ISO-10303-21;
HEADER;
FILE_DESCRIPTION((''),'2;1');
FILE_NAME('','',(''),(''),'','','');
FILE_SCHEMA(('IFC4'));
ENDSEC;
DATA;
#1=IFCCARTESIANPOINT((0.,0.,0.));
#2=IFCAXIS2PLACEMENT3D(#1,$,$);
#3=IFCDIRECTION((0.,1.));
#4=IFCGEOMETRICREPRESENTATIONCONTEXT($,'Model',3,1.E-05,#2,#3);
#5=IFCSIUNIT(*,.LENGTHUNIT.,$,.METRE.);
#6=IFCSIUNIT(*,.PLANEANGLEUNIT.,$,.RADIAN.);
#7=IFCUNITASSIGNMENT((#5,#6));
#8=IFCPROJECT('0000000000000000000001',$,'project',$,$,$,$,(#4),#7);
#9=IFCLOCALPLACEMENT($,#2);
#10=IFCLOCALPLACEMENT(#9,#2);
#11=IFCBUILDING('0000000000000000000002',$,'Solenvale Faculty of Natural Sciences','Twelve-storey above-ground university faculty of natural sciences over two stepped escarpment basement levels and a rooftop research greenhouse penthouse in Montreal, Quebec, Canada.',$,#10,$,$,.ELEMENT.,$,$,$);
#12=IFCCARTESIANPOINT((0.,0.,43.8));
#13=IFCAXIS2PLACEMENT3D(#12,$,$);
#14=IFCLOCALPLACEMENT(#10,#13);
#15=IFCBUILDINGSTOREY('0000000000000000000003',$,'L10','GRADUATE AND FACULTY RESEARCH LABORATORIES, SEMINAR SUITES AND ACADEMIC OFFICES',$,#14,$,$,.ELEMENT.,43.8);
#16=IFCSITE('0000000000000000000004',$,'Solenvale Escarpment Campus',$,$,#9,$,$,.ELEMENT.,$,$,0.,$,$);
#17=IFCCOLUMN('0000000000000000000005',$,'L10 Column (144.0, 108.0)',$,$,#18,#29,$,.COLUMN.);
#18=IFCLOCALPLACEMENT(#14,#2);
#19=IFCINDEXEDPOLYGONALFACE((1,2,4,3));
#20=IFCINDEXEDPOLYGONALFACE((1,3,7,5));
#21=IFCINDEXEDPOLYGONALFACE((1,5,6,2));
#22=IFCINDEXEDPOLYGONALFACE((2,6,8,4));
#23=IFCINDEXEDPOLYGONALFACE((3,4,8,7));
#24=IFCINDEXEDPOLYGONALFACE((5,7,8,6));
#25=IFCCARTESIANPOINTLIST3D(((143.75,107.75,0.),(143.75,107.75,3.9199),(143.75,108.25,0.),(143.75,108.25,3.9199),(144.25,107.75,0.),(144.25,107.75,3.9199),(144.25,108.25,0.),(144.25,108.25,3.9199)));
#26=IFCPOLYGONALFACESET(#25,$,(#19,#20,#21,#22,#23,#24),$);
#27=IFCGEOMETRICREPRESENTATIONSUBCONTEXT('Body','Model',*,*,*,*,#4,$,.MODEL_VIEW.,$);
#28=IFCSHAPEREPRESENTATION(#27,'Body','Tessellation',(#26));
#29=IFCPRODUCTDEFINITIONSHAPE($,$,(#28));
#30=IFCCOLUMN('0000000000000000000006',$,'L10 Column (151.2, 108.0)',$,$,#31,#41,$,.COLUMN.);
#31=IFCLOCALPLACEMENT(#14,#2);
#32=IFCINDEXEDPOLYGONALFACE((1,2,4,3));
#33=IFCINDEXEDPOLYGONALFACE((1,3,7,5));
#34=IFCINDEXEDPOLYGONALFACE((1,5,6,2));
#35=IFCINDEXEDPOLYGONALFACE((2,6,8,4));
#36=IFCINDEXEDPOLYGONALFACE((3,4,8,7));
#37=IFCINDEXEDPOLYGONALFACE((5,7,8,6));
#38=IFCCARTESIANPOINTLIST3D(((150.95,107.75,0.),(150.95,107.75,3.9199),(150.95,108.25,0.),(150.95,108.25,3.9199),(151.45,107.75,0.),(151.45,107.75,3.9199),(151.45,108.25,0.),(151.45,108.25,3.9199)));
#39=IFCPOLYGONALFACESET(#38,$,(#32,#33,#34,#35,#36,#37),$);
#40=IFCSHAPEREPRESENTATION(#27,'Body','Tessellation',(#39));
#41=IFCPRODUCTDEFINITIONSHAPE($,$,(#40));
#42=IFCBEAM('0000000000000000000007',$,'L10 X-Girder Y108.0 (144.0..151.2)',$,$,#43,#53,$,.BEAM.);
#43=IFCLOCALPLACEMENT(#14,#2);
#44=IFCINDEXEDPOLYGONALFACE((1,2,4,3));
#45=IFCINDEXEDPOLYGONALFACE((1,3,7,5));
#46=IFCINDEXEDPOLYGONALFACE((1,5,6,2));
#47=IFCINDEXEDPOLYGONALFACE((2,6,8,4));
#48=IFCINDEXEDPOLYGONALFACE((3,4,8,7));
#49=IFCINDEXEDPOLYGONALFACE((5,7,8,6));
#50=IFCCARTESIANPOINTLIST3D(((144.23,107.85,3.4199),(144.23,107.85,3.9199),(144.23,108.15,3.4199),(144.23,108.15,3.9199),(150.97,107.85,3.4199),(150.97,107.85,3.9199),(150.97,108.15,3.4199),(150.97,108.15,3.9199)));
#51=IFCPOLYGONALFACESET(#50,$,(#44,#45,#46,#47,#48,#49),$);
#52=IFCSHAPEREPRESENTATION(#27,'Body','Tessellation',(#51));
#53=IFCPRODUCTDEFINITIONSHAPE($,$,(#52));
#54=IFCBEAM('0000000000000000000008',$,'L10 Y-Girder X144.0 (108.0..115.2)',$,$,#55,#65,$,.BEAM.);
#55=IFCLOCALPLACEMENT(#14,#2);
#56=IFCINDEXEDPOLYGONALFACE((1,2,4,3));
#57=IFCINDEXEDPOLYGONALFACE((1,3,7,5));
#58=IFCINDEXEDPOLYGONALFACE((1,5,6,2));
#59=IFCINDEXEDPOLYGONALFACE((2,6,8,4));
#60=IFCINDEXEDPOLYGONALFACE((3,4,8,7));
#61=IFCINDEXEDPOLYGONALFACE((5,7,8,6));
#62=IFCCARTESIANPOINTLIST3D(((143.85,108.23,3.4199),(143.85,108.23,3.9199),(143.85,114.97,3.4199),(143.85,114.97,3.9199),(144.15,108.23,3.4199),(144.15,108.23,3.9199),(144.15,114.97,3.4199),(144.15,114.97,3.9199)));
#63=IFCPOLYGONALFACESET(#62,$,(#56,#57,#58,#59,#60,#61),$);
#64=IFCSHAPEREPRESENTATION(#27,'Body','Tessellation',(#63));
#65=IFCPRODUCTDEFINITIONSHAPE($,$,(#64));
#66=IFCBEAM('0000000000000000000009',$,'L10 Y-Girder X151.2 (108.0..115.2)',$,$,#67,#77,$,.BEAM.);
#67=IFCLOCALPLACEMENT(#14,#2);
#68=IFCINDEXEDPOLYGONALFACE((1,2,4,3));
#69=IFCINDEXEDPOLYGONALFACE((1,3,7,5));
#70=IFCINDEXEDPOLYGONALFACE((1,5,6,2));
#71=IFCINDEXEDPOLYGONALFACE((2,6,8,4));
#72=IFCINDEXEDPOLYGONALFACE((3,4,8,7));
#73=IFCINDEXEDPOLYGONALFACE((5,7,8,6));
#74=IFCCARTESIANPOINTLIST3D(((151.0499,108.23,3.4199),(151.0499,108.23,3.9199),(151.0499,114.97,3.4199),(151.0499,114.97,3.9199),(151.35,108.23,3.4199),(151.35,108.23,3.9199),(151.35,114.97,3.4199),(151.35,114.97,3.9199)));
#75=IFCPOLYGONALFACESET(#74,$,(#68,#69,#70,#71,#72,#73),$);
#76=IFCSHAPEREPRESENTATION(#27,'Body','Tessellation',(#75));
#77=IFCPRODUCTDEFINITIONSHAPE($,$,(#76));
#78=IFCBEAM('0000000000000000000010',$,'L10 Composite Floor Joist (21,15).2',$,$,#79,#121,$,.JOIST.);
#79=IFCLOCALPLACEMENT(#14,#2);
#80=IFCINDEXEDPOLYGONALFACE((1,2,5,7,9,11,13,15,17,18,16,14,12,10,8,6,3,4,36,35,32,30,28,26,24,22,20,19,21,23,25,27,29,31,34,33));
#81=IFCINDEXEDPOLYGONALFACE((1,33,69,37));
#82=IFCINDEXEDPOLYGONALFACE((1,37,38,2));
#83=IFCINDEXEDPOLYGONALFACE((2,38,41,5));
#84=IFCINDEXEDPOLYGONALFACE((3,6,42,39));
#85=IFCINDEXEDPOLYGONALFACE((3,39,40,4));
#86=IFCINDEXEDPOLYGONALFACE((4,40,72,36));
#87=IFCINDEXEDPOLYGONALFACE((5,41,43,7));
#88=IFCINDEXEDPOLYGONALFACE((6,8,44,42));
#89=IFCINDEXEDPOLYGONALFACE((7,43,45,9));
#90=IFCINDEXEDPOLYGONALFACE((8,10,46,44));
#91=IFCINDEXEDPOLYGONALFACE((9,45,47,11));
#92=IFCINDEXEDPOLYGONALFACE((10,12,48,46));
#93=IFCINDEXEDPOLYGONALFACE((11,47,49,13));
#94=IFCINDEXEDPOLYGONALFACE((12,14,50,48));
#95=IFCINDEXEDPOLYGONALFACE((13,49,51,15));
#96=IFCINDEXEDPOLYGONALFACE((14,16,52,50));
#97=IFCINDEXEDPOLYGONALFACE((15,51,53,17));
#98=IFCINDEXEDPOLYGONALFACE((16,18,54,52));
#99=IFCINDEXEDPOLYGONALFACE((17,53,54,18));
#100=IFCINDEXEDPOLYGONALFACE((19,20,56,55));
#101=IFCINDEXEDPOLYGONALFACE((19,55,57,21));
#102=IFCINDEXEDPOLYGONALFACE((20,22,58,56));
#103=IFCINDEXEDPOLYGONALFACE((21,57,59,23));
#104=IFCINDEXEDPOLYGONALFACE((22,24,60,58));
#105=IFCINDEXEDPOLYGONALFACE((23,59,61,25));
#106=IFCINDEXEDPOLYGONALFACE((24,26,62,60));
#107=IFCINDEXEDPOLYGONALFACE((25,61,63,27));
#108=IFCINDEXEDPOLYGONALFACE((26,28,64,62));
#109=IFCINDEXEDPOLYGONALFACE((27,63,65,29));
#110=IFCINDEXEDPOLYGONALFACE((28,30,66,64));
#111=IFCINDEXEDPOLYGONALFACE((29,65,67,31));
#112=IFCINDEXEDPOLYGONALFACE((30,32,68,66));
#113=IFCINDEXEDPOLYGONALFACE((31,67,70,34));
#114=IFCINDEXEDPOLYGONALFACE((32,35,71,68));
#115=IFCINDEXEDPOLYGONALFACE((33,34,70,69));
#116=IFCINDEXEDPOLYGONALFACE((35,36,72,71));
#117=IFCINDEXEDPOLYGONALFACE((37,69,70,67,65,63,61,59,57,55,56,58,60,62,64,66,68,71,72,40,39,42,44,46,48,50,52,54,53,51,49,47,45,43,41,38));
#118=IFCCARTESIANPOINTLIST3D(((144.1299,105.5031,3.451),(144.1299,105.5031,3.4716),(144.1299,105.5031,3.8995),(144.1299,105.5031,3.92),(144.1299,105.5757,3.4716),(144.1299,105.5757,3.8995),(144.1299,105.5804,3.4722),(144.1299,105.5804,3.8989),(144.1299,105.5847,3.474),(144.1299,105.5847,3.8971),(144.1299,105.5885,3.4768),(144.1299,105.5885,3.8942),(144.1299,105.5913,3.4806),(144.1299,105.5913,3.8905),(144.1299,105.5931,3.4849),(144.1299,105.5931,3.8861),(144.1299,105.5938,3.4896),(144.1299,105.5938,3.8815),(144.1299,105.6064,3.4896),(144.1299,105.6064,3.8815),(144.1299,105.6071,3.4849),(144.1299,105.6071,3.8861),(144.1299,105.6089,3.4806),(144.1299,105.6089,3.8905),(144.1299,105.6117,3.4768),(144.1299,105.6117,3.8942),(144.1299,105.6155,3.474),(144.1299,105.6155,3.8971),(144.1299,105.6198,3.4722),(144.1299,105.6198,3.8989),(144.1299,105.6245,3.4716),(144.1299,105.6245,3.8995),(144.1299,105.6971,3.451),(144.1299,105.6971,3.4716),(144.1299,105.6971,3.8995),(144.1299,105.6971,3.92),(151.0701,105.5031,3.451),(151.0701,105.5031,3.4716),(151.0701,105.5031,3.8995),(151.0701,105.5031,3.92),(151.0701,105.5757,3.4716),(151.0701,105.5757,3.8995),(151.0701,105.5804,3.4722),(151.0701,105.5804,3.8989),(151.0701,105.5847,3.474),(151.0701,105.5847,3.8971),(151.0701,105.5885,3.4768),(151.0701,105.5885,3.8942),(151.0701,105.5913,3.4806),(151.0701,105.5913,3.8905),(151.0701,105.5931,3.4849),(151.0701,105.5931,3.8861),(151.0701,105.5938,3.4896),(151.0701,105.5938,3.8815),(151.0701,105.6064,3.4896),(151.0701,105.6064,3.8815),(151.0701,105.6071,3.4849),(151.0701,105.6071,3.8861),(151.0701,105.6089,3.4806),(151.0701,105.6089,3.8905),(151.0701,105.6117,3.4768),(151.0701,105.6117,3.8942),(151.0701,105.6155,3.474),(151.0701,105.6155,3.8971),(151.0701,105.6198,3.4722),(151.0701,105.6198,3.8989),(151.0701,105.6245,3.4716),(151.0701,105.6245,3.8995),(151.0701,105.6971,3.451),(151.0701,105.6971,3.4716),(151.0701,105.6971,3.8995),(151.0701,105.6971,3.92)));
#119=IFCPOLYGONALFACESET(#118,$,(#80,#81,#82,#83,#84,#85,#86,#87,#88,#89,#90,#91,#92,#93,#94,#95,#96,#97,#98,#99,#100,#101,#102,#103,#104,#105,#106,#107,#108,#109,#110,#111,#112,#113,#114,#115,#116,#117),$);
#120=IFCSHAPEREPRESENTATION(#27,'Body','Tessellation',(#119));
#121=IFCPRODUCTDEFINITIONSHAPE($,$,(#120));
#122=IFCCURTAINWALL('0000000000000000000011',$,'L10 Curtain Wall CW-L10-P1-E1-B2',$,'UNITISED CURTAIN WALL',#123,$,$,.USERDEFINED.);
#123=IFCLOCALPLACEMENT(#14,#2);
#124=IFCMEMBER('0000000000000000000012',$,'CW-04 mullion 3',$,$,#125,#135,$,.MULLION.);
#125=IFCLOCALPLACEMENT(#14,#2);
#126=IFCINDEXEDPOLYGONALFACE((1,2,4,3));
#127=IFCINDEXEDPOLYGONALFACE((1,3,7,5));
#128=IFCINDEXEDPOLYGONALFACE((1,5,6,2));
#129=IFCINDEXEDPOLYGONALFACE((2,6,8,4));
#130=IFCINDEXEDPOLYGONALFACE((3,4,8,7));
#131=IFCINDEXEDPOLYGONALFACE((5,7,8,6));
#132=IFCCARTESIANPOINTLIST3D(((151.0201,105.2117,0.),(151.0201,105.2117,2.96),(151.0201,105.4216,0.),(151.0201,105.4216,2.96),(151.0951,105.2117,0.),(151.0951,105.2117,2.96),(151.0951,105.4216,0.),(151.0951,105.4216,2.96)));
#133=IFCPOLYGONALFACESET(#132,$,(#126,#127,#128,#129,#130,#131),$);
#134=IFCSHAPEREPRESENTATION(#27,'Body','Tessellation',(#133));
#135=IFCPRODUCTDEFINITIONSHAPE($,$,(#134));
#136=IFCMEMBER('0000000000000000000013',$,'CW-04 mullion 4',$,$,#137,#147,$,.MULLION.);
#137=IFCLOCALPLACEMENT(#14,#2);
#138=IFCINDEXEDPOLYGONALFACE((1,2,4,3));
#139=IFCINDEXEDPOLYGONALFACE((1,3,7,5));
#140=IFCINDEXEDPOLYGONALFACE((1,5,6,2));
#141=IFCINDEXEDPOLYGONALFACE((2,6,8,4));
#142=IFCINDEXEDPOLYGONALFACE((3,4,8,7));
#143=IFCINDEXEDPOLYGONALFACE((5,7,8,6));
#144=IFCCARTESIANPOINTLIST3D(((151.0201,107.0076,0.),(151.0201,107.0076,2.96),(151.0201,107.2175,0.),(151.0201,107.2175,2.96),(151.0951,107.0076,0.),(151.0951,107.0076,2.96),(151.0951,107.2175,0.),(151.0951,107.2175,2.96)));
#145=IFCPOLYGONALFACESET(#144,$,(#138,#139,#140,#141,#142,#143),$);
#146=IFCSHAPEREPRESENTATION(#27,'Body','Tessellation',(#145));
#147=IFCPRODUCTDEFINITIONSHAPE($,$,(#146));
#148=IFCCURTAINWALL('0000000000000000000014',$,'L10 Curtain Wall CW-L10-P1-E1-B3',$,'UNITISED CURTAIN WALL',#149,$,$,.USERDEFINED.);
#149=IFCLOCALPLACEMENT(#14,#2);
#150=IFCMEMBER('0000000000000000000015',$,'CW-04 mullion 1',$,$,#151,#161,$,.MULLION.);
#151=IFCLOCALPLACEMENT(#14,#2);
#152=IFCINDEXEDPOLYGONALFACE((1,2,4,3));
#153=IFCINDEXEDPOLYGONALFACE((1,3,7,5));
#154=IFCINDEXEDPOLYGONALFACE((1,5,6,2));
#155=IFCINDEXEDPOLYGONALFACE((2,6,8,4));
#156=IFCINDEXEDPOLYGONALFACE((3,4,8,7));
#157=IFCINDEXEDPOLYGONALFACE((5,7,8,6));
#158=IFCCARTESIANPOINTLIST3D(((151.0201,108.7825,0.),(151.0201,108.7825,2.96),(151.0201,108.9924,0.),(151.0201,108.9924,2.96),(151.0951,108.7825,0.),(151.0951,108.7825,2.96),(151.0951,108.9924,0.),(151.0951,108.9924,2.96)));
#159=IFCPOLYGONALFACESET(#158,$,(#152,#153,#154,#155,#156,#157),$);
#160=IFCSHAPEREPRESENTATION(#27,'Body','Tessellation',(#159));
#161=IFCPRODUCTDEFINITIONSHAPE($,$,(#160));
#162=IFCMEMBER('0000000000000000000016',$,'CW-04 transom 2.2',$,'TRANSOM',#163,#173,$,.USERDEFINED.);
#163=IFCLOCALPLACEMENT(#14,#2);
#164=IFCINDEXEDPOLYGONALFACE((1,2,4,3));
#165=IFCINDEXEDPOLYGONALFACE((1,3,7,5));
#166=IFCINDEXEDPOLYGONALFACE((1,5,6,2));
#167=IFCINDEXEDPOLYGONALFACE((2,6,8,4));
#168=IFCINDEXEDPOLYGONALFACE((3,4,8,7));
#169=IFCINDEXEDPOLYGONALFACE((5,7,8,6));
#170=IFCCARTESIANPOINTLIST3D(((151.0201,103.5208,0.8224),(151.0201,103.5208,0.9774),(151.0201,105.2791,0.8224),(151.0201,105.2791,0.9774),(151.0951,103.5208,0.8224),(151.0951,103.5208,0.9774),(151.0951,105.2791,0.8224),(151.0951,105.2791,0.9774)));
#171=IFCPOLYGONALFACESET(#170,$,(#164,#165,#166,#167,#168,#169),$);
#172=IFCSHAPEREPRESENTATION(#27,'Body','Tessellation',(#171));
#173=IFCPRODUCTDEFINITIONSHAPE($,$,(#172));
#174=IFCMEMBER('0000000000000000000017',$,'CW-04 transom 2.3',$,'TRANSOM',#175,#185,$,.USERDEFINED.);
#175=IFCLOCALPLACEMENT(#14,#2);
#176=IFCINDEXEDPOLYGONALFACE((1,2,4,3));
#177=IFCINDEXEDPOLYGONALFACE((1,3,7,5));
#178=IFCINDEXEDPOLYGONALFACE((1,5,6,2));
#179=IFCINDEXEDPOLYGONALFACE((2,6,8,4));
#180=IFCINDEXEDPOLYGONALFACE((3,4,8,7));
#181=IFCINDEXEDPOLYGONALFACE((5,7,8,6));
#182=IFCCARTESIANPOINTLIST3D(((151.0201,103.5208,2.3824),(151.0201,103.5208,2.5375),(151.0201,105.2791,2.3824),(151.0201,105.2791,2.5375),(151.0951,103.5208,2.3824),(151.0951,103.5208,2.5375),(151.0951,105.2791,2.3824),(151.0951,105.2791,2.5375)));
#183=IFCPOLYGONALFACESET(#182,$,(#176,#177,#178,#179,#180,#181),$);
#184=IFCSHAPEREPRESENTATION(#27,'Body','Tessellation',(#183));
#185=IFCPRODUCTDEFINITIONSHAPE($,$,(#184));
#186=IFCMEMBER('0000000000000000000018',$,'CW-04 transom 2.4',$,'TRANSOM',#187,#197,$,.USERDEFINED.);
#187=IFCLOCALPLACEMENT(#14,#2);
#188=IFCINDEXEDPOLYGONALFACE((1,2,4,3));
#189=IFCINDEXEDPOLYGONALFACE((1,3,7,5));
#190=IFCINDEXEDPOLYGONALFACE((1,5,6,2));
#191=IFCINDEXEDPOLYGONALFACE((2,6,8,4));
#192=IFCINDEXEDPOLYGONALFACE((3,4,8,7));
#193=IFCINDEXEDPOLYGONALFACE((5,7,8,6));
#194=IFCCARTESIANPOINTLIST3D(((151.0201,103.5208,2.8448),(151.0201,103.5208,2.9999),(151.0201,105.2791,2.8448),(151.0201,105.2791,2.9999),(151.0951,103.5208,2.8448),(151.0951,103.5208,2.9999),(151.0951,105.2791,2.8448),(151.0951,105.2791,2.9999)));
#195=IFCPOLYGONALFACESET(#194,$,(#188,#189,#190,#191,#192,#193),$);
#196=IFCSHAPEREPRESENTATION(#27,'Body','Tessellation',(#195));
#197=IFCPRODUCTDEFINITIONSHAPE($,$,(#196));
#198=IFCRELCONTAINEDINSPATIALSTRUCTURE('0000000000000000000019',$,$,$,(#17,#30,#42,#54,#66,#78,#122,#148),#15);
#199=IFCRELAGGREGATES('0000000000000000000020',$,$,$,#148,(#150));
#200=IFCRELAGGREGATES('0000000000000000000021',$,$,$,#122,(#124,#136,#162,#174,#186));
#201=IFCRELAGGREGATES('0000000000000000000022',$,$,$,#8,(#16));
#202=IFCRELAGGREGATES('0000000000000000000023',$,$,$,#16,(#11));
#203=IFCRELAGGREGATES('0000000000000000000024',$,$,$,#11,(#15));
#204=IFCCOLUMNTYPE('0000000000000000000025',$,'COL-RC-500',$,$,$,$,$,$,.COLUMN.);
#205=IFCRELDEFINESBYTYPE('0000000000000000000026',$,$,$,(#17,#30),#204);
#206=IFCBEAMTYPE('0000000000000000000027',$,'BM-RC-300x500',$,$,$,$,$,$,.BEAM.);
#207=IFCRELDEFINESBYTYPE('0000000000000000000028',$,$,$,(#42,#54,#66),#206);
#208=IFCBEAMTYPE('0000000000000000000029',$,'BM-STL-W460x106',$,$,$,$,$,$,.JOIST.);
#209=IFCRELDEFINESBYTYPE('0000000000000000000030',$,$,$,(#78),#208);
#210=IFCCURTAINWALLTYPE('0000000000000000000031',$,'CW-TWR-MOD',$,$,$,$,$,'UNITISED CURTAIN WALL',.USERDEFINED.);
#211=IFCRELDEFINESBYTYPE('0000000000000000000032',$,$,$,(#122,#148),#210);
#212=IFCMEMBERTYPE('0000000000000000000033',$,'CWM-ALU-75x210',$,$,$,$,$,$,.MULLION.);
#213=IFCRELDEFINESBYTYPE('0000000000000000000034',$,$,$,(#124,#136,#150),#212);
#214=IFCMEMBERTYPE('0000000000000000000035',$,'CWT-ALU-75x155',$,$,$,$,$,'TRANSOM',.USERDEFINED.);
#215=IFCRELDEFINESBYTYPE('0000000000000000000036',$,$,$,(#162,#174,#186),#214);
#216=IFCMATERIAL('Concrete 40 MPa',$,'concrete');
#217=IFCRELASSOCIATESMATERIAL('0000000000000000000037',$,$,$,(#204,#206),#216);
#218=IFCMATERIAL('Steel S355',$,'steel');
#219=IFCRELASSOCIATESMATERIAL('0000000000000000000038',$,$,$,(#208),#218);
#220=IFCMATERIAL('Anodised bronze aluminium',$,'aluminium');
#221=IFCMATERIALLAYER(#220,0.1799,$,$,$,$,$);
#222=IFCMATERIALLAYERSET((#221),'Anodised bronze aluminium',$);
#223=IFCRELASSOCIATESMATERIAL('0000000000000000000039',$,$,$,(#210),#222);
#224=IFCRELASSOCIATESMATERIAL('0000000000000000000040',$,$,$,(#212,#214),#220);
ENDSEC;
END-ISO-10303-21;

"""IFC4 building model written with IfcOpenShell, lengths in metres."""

from ifc_helpers import new_model, si_unit, direction, frame, origin, origin_2d, place, context, subcontext, project, spatial, rectangle, i_section, extrude, material, layer, layer_set, material_profile, profile_set, type_object, element, aggregate, save


model = new_model("IFC4")

# Units and contexts
model_context = context("Model", 3, precision=1e-05, world=origin(), true_north=direction((0.0, 1.0)))
body_context = subcontext(model_context, "Body", "Model", "MODEL_VIEW")
ifc_project = project(units=[si_unit("LENGTHUNIT", "METRE"), si_unit("PLANEANGLEUNIT", "RADIAN")], contexts=[model_context])

# Site, building, storey
site_placement = place(None, origin())
site = spatial("IfcSite", under=ifc_project, at=site_placement, Name="Solenvale Escarpment Campus", CompositionType="ELEMENT", RefElevation=0.0)
building_placement = place(site_placement, origin())
building = spatial("IfcBuilding", under=site, at=building_placement, Name="Solenvale Faculty of Natural Sciences", Description="Twelve-storey above-ground university faculty of natural sciences over two stepped escarpment basement levels and a rooftop research greenhouse penthouse in Montreal, Quebec, Canada.", CompositionType="ELEMENT")
storey_placement = place(building_placement, frame((0.0, 0.0, 43.8)))
storey = spatial("IfcBuildingStorey", under=building, at=storey_placement, Name="L10", Description="GRADUATE AND FACULTY RESEARCH LABORATORIES, SEMINAR SUITES AND ACADEMIC OFFICES", CompositionType="ELEMENT", Elevation=43.8)

# Columns
ifc_material_1 = material(Name="Concrete 40 MPa", Category="concrete")
ifc_material_profile_1 = material_profile(ifc_material_1, rectangle(XDim=0.5, YDim=0.5, at=origin_2d()), Name="RC-COL-500x500")
ifc_profile_set_1 = profile_set([ifc_material_profile_1], Name="Concrete 40 MPa")
column_type = type_object("IfcColumnType", Name="COL-RC-500", PredefinedType="COLUMN", material=ifc_profile_set_1)
for number, where, z_axis, x_axis, name in (
    (1, (144.0, 108.0, 0.0), (0.0, 0.0, 1.0), (1.0, 0.0, 0.0), "L10 Column (144.0, 108.0)"),
    (2, (151.2, 108.0, 0.0), (0.0, 0.0, 1.0), (1.0, 0.0, 0.0), "L10 Column (151.2, 108.0)"),
):
    element("IfcColumn", number, at=place(storey_placement, frame(where, z_axis=z_axis, x_axis=x_axis)), inside=storey, type_object=column_type, Name=name, PredefinedType="COLUMN", context=body_context, shape_type="SweptSolid", body=[
        extrude(rectangle(XDim=0.5, YDim=0.5, at=origin_2d()), origin(), (0.0, 0.0, 1.0), 3.9199),
    ])

# Beams
ifc_material_profile_2 = material_profile(ifc_material_1, rectangle(XDim=0.3, YDim=0.5, at=origin_2d()), Name="RC-BM-300x500")
ifc_profile_set_2 = profile_set([ifc_material_profile_2], Name="Concrete 40 MPa")
beam_type_1 = type_object("IfcBeamType", Name="BM-RC-300x500", PredefinedType="BEAM", material=ifc_profile_set_2)
for number, where, z_axis, x_axis, name in (
    (3, (144.23, 108.0, 3.6699), (1.0, 0.0, 0.0), (0.0, 1.0, 0.0), "L10 X-Girder Y108.0 (144.0..151.2)"),
    (4, (144.0, 108.23, 3.6699), (0.0, 1.0, 0.0), (-1.0, 0.0, 0.0), "L10 Y-Girder X144.0 (108.0..115.2)"),
    (5, (151.2, 108.23, 3.6699), (0.0, 1.0, 0.0), (-1.0, 0.0, 0.0), "L10 Y-Girder X151.2 (108.0..115.2)"),
):
    element("IfcBeam", number, at=place(storey_placement, frame(where, z_axis=z_axis, x_axis=x_axis)), inside=storey, type_object=beam_type_1, Name=name, PredefinedType="BEAM", context=body_context, shape_type="SweptSolid", body=[
        extrude(rectangle(XDim=0.3, YDim=0.5, at=origin_2d()), origin(), (0.0, 0.0, 1.0), 6.74),
    ])
ifc_material_2 = material(Name="Steel S355", Category="steel")
ifc_material_profile_3 = material_profile(ifc_material_2, i_section(OverallWidth=0.1941, OverallDepth=0.469, WebThickness=0.0127, FlangeThickness=0.0205, FilletRadius=0.0181, at=origin_2d()), Name="W460x106")
ifc_profile_set_3 = profile_set([ifc_material_profile_3], Name="Steel S355")
beam_type_2 = type_object("IfcBeamType", Name="BM-STL-W460x106", PredefinedType="JOIST", material=ifc_profile_set_3)
beam_placement = place(storey_placement, frame((144.1299, 105.6001, 3.6855), z_axis=(1.0, 0.0, 0.0), x_axis=(0.0, 1.0, 0.0)))
element("IfcBeam", 6, at=beam_placement, inside=storey, type_object=beam_type_2, Name="L10 Composite Floor Joist (21,15).2", PredefinedType="JOIST", context=body_context, shape_type="SweptSolid", body=[
    extrude(i_section(OverallWidth=0.1941, OverallDepth=0.469, WebThickness=0.0127, FlangeThickness=0.0205, FilletRadius=0.0181, at=origin_2d()), origin(), (0.0, 0.0, 1.0), 6.9402),
])

# Curtain wall, members
ifc_material_3 = material(Name="Anodised bronze aluminium", Category="aluminium")
ifc_layer_1 = layer(ifc_material_3, 0.1799)
ifc_layer_set_1 = layer_set([ifc_layer_1], Name="Anodised bronze aluminium")
curtain_wall_type = type_object("IfcCurtainWallType", Name="CW-TWR-MOD", ElementType="UNITISED CURTAIN WALL", PredefinedType="USERDEFINED", material=ifc_layer_set_1)
curtain_wall_1_placement = place(storey_placement, origin())
curtain_wall_1 = element("IfcCurtainWall", 7, at=curtain_wall_1_placement, inside=storey, type_object=curtain_wall_type, Name="L10 Curtain Wall CW-L10-P1-E1-B2", ObjectType="UNITISED CURTAIN WALL", PredefinedType="USERDEFINED")
ifc_material_profile_4 = material_profile(ifc_material_3, rectangle(XDim=0.075, YDim=0.21, at=origin_2d()), Name="ALU-MUL-75x210")
ifc_profile_set_4 = profile_set([ifc_material_profile_4], Name="Anodised bronze aluminium")
member_type_1 = type_object("IfcMemberType", Name="CWM-ALU-75x210", PredefinedType="MULLION", material=ifc_profile_set_4)
member_1_placement = place(storey_placement, frame((151.0576, 105.3167, 0.0), z_axis=(0.0, 0.0, 1.0), x_axis=(-1.0, 0.0, 0.0)))
member_1 = element("IfcMember", 8, at=member_1_placement, type_object=member_type_1, Name="CW-04 mullion 3", PredefinedType="MULLION", context=body_context, shape_type="SweptSolid", body=[
    extrude(rectangle(XDim=0.075, YDim=0.21, at=origin_2d()), origin(), (0.0, 0.0, 1.0), 2.96),
])
member_2_placement = place(storey_placement, frame((151.0576, 107.1125, 0.0), z_axis=(0.0, 0.0, 1.0), x_axis=(-1.0, 0.0, 0.0)))
member_2 = element("IfcMember", 9, at=member_2_placement, type_object=member_type_1, Name="CW-04 mullion 4", PredefinedType="MULLION", context=body_context, shape_type="SweptSolid", body=[
    extrude(rectangle(XDim=0.075, YDim=0.21, at=origin_2d()), origin(), (0.0, 0.0, 1.0), 2.96),
])

# Curtain wall, member
curtain_wall_2_placement = place(storey_placement, origin())
curtain_wall_2 = element("IfcCurtainWall", 10, at=curtain_wall_2_placement, inside=storey, type_object=curtain_wall_type, Name="L10 Curtain Wall CW-L10-P1-E1-B3", ObjectType="UNITISED CURTAIN WALL", PredefinedType="USERDEFINED")
member_3_placement = place(storey_placement, frame((151.0576, 108.8875, 0.0), z_axis=(0.0, 0.0, 1.0), x_axis=(-1.0, 0.0, 0.0)))
member_3 = element("IfcMember", 11, at=member_3_placement, type_object=member_type_1, Name="CW-04 mullion 1", PredefinedType="MULLION", context=body_context, shape_type="SweptSolid", body=[
    extrude(rectangle(XDim=0.075, YDim=0.21, at=origin_2d()), origin(), (0.0, 0.0, 1.0), 2.96),
])

# Members
ifc_material_profile_5 = material_profile(ifc_material_3, rectangle(XDim=0.075, YDim=0.155, at=origin_2d()), Name="ALU-TRN-75x155")
ifc_profile_set_5 = profile_set([ifc_material_profile_5], Name="Anodised bronze aluminium")
member_type_2 = type_object("IfcMemberType", Name="CWT-ALU-75x155", ElementType="TRANSOM", PredefinedType="USERDEFINED", material=ifc_profile_set_5)
member_4_placement = place(storey_placement, frame((151.0576, 103.5208, 0.8999), z_axis=(0.0, 1.0, 0.0), x_axis=(-1.0, 0.0, 0.0)))
member_4 = element("IfcMember", 12, at=member_4_placement, type_object=member_type_2, Name="CW-04 transom 2.2", ObjectType="TRANSOM", PredefinedType="USERDEFINED", context=body_context, shape_type="SweptSolid", body=[
    extrude(rectangle(XDim=0.075, YDim=0.155, at=origin_2d()), origin(), (0.0, 0.0, 1.0), 1.7583),
])
member_5_placement = place(storey_placement, frame((151.0576, 103.5208, 2.46), z_axis=(0.0, 1.0, 0.0), x_axis=(-1.0, 0.0, 0.0)))
member_5 = element("IfcMember", 13, at=member_5_placement, type_object=member_type_2, Name="CW-04 transom 2.3", ObjectType="TRANSOM", PredefinedType="USERDEFINED", context=body_context, shape_type="SweptSolid", body=[
    extrude(rectangle(XDim=0.075, YDim=0.155, at=origin_2d()), origin(), (0.0, 0.0, 1.0), 1.7583),
])
member_6_placement = place(storey_placement, frame((151.0576, 103.5208, 2.9224), z_axis=(0.0, 1.0, 0.0), x_axis=(-1.0, 0.0, 0.0)))
member_6 = element("IfcMember", 14, at=member_6_placement, type_object=member_type_2, Name="CW-04 transom 2.4", ObjectType="TRANSOM", PredefinedType="USERDEFINED", context=body_context, shape_type="SweptSolid", body=[
    extrude(rectangle(XDim=0.075, YDim=0.155, at=origin_2d()), origin(), (0.0, 0.0, 1.0), 1.7583),
])
aggregate(curtain_wall_2, [member_3])

aggregate(curtain_wall_1, [member_1, member_2, member_4, member_5, member_6])

save(model, "model.ifc")
